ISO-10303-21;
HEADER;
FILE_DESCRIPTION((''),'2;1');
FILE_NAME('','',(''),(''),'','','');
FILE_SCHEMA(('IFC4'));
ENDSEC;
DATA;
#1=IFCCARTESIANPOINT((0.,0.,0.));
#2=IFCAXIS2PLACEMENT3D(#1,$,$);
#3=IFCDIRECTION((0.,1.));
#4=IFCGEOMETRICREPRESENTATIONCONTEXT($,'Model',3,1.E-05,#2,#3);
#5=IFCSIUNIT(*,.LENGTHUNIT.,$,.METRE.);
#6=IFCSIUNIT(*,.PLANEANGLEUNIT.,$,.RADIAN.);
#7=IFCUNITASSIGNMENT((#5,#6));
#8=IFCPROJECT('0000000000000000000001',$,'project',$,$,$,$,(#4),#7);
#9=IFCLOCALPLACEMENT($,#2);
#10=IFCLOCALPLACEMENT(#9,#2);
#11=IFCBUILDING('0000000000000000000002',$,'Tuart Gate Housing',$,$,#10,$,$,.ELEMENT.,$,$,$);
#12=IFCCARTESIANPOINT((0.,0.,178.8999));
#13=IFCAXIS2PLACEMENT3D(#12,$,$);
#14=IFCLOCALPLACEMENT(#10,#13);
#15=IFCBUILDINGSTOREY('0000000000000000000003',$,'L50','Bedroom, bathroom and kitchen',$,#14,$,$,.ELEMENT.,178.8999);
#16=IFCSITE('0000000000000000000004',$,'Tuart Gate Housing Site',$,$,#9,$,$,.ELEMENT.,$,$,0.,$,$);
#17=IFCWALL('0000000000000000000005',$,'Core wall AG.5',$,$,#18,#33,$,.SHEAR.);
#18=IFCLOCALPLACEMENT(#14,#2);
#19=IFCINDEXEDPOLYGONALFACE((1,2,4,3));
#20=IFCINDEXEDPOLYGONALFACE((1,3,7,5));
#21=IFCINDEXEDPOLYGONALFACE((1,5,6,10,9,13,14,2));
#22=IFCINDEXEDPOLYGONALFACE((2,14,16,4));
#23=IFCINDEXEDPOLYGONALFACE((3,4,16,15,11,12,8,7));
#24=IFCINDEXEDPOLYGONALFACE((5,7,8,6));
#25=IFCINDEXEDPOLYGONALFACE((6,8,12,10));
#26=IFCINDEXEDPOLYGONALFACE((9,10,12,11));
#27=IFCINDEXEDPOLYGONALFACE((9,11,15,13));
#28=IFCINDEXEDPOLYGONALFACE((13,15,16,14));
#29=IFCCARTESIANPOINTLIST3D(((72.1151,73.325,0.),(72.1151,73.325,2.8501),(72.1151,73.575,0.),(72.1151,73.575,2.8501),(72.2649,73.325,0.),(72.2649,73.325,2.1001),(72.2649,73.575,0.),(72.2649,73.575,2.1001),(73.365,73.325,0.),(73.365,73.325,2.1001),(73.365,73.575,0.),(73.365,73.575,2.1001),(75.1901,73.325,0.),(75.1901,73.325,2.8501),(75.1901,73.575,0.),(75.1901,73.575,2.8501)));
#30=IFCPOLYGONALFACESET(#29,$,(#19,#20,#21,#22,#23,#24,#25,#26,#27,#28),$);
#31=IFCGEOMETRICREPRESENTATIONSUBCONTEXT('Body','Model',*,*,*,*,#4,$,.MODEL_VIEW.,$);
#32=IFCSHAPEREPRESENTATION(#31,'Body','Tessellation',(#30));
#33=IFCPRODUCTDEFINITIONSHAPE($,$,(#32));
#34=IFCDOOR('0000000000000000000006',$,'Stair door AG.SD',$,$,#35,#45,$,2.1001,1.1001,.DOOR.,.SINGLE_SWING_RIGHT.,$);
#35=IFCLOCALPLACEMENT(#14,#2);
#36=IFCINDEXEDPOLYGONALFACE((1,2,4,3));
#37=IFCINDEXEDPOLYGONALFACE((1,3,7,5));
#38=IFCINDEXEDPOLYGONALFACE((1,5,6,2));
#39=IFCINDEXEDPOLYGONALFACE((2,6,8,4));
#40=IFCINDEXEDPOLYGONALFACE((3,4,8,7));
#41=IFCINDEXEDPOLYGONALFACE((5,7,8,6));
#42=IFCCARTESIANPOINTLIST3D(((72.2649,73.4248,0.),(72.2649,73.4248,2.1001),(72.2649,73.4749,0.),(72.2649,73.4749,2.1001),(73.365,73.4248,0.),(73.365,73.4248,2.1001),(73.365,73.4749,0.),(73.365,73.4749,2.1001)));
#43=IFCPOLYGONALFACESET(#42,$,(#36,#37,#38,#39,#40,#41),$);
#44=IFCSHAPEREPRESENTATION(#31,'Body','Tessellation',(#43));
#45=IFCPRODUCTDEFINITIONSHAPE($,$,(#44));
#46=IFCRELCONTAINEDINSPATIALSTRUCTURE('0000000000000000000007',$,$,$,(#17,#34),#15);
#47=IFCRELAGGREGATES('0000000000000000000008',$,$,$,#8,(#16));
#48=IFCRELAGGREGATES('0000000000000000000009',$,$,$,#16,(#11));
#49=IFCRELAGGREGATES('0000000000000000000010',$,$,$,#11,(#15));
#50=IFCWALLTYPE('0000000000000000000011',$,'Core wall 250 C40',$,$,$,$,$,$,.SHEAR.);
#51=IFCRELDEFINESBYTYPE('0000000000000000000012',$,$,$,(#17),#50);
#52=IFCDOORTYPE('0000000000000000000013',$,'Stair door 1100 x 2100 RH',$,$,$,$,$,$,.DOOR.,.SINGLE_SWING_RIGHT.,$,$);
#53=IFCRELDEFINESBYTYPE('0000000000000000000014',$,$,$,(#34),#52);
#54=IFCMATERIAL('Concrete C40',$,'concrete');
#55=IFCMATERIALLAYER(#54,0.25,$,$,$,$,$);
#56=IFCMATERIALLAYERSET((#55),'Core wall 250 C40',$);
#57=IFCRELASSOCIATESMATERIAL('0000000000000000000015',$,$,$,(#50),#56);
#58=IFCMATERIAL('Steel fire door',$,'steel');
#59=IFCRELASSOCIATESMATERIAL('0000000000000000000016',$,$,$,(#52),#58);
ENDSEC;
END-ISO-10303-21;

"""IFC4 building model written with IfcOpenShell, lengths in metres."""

from ifc_helpers import new_model, si_unit, direction, frame, frame_2d, origin, place, context, subcontext, project, spatial, rectangle, extrude, material, layer, layer_set, type_object, element, fill, save


model = new_model("IFC4")

# Units and contexts
model_context = context("Model", 3, precision=1e-05, world=origin(), true_north=direction((0.0, 1.0)))
body_context = subcontext(model_context, "Body", "Model", "MODEL_VIEW")
ifc_project = project(units=[si_unit("LENGTHUNIT", "METRE"), si_unit("PLANEANGLEUNIT", "RADIAN")], contexts=[model_context])

# Site, building, storey
site_placement = place(None, origin())
site = spatial("IfcSite", under=ifc_project, at=site_placement, Name="Tuart Gate Housing Site", CompositionType="ELEMENT", RefElevation=0.0)
building_placement = place(site_placement, origin())
building = spatial("IfcBuilding", under=site, at=building_placement, Name="Tuart Gate Housing", CompositionType="ELEMENT")
storey_placement = place(building_placement, frame((0.0, 0.0, 178.8999)))
storey = spatial("IfcBuildingStorey", under=building, at=storey_placement, Name="L50", Description="Bedroom, bathroom and kitchen", CompositionType="ELEMENT", Elevation=178.8999)

# Wall, opening, door
ifc_material_1 = material(Name="Concrete C40", Category="concrete")
ifc_layer_1 = layer(ifc_material_1, 0.25)
ifc_layer_set_1 = layer_set([ifc_layer_1], Name="Core wall 250 C40")
wall_type_1 = type_object("IfcWallType", Name="Core wall 250 C40", PredefinedType="SHEAR", material=ifc_layer_set_1)
wall_1_placement = place(storey_placement, frame((72.115, 73.45, 0.0), z_axis=(0.0, 0.0, 1.0), x_axis=(1.0, 0.0, 0.0)))
wall_1 = element("IfcWall", 1, at=wall_1_placement, inside=storey, type_object=wall_type_1, Name="Core wall AG.5", PredefinedType="SHEAR", context=body_context, shape_type="SweptSolid", body=[
    extrude(rectangle(XDim=3.075, YDim=0.25, at=frame_2d((1.5376, 0.0))), origin(), (0.0, 0.0, 1.0), 2.8501),
])
opening_1_placement = place(wall_1_placement, frame((0.1499, 0.0, 0.0)))
opening_1 = element("IfcOpeningElement", 2, at=opening_1_placement, cuts=wall_1, PredefinedType="OPENING", context=body_context, shape_type="SweptSolid", body=[
    extrude(rectangle(XDim=1.1001, YDim=2.1001, at=frame_2d((0.55, 1.05))), frame((0.0, 0.135, 0.0), z_axis=(0.0, -1.0, 0.0), x_axis=(1.0, 0.0, 0.0)), (0.0, 0.0, 1.0), 0.27),
])
ifc_material_2 = material(Name="Steel fire door", Category="steel")
door_type = type_object("IfcDoorType", Name="Stair door 1100 x 2100 RH", OperationType="SINGLE_SWING_RIGHT", PredefinedType="DOOR", material=ifc_material_2)
door_placement = place(opening_1_placement, frame((1.1001, 0.0, 0.0), z_axis=(0.0, 0.0, 1.0), x_axis=(-1.0, 0.0, 0.0)))
door = element("IfcDoor", 3, at=door_placement, inside=storey, type_object=door_type, Name="Stair door AG.SD", OperationType="SINGLE_SWING_RIGHT", OverallHeight=2.1001, OverallWidth=1.1001, PredefinedType="DOOR", context=body_context, shape_type="SweptSolid", body=[
    extrude(rectangle(XDim=1.1001, YDim=2.1001, at=frame_2d((0.55, 1.05))), frame((0.0, 0.0251, 0.0), z_axis=(0.0, -1.0, 0.0), x_axis=(1.0, 0.0, 0.0)), (0.0, 0.0, 1.0), 0.05),
])
fill(opening_1, door)

save(model, "model.ifc")
